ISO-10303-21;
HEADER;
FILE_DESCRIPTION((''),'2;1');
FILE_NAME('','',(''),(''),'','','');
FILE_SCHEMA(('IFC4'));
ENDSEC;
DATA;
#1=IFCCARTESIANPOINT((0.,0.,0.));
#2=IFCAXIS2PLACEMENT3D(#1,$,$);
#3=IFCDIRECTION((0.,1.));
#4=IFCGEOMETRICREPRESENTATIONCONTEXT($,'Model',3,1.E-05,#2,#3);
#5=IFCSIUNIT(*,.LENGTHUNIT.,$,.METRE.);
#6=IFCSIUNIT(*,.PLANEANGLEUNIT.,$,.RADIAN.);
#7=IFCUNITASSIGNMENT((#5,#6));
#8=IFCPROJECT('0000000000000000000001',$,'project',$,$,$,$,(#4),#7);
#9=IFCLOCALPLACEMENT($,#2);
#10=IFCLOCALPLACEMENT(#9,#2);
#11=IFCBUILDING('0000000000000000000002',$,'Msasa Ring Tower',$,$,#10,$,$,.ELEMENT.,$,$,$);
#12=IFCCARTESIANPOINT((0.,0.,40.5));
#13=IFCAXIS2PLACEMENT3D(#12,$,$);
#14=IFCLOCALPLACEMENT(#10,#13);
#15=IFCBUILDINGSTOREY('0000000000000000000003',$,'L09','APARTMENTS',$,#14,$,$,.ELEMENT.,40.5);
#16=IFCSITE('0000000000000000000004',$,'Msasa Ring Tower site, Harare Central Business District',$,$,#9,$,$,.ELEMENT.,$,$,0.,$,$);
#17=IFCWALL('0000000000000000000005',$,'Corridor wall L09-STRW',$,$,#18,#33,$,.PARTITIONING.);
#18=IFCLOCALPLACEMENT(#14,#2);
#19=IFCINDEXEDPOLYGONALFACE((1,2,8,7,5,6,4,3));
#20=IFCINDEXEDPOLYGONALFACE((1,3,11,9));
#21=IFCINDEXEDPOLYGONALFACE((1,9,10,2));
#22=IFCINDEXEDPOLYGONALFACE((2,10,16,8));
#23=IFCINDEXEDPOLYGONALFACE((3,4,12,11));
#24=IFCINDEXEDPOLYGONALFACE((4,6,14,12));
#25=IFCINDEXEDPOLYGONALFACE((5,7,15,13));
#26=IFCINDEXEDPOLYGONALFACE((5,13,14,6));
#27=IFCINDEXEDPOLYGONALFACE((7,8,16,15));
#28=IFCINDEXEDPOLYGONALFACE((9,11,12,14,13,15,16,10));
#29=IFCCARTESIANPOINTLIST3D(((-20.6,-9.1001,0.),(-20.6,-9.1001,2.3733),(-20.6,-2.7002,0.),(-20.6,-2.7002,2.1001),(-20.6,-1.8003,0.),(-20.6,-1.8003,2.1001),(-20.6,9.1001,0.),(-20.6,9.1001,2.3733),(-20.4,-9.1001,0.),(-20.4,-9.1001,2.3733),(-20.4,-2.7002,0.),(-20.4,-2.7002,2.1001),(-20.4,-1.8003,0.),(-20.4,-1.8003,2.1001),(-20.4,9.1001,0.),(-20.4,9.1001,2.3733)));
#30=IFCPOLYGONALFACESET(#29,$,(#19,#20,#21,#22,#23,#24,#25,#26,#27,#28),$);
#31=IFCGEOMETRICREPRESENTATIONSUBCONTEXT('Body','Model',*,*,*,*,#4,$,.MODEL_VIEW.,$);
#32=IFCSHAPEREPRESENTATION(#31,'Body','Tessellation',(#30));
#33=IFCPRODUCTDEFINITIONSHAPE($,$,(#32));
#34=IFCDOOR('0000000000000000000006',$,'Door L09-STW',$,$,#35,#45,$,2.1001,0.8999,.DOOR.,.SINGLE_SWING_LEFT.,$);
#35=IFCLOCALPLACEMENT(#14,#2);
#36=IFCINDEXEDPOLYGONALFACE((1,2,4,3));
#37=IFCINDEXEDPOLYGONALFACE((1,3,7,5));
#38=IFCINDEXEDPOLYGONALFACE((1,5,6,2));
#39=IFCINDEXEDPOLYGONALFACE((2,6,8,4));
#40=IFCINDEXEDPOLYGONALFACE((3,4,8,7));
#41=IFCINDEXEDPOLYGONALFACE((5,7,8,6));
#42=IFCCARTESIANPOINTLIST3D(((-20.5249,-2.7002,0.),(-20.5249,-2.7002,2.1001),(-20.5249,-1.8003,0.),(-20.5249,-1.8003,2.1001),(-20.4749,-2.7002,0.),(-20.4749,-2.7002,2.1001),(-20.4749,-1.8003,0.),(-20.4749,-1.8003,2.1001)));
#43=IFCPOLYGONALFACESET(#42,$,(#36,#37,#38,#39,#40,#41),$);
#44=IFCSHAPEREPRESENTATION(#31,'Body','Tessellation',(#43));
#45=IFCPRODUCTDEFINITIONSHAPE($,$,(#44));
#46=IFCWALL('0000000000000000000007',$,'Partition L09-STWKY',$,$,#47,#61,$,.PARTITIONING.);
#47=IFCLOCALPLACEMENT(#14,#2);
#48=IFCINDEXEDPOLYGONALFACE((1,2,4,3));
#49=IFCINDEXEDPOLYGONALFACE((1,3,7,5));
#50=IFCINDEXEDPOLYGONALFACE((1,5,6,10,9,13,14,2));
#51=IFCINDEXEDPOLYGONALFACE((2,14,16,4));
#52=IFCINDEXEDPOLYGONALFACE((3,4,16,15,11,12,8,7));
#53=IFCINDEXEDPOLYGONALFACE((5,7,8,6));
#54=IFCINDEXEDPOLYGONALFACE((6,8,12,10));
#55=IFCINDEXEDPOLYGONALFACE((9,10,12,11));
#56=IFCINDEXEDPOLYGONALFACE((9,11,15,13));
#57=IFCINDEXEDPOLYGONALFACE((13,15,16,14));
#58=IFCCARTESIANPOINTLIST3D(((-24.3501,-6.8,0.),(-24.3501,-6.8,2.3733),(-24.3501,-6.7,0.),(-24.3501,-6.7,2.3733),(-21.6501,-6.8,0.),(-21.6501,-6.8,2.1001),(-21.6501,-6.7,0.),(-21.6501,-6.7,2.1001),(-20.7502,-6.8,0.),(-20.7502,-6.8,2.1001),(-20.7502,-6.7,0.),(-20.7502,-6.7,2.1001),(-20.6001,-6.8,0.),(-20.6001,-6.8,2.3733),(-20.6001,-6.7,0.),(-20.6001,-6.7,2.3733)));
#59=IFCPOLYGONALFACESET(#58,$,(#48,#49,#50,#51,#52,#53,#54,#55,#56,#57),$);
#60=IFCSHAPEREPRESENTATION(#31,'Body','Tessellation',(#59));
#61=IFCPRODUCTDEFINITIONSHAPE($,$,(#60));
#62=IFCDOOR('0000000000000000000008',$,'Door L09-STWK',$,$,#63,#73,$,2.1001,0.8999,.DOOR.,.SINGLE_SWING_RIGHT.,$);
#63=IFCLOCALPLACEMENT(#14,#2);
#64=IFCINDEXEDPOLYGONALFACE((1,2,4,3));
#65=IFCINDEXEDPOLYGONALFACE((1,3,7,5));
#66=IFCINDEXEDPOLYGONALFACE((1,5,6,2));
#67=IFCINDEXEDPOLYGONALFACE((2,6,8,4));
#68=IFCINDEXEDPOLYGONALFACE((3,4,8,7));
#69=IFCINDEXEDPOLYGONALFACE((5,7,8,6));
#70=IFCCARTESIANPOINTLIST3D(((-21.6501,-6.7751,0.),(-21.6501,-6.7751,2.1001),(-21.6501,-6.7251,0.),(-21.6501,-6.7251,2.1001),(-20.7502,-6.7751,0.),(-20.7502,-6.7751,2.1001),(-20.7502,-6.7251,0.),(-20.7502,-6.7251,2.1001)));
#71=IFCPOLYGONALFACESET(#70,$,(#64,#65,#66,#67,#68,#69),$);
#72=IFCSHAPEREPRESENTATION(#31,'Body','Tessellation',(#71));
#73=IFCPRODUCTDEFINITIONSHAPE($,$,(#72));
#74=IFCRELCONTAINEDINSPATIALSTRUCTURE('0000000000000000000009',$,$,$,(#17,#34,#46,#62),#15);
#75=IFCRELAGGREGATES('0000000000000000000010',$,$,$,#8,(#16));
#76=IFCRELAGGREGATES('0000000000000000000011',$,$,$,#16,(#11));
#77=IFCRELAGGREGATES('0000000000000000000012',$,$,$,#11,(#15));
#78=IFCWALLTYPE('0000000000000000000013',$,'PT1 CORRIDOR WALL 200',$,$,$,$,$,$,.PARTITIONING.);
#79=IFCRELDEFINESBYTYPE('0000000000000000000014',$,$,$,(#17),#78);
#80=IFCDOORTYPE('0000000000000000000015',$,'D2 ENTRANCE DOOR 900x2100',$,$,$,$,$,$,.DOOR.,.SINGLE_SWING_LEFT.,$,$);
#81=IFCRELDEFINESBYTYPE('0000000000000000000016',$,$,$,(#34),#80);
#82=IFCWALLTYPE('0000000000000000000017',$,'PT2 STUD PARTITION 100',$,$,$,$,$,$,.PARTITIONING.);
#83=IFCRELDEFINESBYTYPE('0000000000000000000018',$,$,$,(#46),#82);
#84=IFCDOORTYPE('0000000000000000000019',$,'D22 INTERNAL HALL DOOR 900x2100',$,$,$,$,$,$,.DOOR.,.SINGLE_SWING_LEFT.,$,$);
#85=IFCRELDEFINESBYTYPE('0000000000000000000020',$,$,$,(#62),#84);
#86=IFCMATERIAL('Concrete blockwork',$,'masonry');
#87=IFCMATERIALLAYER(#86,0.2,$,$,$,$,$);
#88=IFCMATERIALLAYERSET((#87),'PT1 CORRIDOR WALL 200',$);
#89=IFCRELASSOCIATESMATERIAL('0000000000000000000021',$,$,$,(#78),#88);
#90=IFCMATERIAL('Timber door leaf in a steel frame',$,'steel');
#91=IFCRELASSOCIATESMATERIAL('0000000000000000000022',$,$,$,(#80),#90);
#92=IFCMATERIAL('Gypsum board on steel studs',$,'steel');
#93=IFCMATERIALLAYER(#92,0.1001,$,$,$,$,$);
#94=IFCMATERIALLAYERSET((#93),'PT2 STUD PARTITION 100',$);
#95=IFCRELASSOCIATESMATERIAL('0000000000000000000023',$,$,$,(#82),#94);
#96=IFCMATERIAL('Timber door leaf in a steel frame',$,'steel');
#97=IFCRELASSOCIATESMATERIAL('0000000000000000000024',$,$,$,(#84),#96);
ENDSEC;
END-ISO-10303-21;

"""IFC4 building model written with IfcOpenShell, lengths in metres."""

from ifc_helpers import new_model, si_unit, direction, frame, frame_2d, origin, place, context, subcontext, project, spatial, rectangle, extrude, material, layer, layer_set, type_object, element, fill, save


model = new_model("IFC4")

# Units and contexts
model_context = context("Model", 3, precision=1e-05, world=origin(), true_north=direction((0.0, 1.0)))
body_context = subcontext(model_context, "Body", "Model", "MODEL_VIEW")
ifc_project = project(units=[si_unit("LENGTHUNIT", "METRE"), si_unit("PLANEANGLEUNIT", "RADIAN")], contexts=[model_context])

# Site, building, storey
site_placement = place(None, origin())
site = spatial("IfcSite", under=ifc_project, at=site_placement, Name="Msasa Ring Tower site, Harare Central Business District", CompositionType="ELEMENT", RefElevation=0.0)
building_placement = place(site_placement, origin())
building = spatial("IfcBuilding", under=site, at=building_placement, Name="Msasa Ring Tower", CompositionType="ELEMENT")
storey_placement = place(building_placement, frame((0.0, 0.0, 40.5)))
storey = spatial("IfcBuildingStorey", under=building, at=storey_placement, Name="L09", Description="APARTMENTS", CompositionType="ELEMENT", Elevation=40.5)

# Shared definitions
ifc_material_1 = material(Name="Concrete blockwork", Category="masonry")
ifc_layer_1 = layer(ifc_material_1, 0.2)
ifc_layer_set_1 = layer_set([ifc_layer_1], Name="PT1 CORRIDOR WALL 200")
wall_type_1 = type_object("IfcWallType", Name="PT1 CORRIDOR WALL 200", PredefinedType="PARTITIONING", material=ifc_layer_set_1)
ifc_material_2 = material(Name="Timber door leaf in a steel frame", Category="steel")
door_type_1 = type_object("IfcDoorType", Name="D2 ENTRANCE DOOR 900x2100", OperationType="SINGLE_SWING_LEFT", PredefinedType="DOOR", material=ifc_material_2)

# Walls, openings, doors
wall_1_placement = place(storey_placement, frame((-20.5, -9.1001, 0.0), z_axis=(0.0, 0.0, 1.0), x_axis=(0.0, 1.0, 0.0)))
wall_1 = element("IfcWall", 1, at=wall_1_placement, inside=storey, type_object=wall_type_1, Name="Corridor wall L09-STRW", PredefinedType="PARTITIONING", context=body_context, shape_type="SweptSolid", body=[
    extrude(rectangle(XDim=18.2002, YDim=0.2, at=frame_2d((9.1001, 0.0))), origin(), (0.0, 0.0, 1.0), 2.3733),
])
opening_1_placement = place(wall_1_placement, frame((6.3999, 0.0, 0.0)))
opening_1 = element("IfcOpeningElement", 2, at=opening_1_placement, cuts=wall_1, PredefinedType="OPENING", context=body_context, shape_type="SweptSolid", body=[
    extrude(rectangle(XDim=0.8999, YDim=2.1001, at=frame_2d((0.45, 1.05))), frame((0.0, 0.1099, 0.0), z_axis=(0.0, -1.0, 0.0), x_axis=(1.0, 0.0, 0.0)), (0.0, 0.0, 1.0), 0.22),
])
door_1_placement = place(opening_1_placement, origin())
door_1 = element("IfcDoor", 3, at=door_1_placement, inside=storey, type_object=door_type_1, Name="Door L09-STW", OperationType="SINGLE_SWING_LEFT", OverallHeight=2.1001, OverallWidth=0.8999, PredefinedType="DOOR", context=body_context, shape_type="SweptSolid", body=[
    extrude(rectangle(XDim=0.8999, YDim=2.1001, at=frame_2d((0.45, 1.05))), frame((0.0, 0.0249, 0.0), z_axis=(0.0, -1.0, 0.0), x_axis=(1.0, 0.0, 0.0)), (0.0, 0.0, 1.0), 0.05),
])
fill(opening_1, door_1)
ifc_material_3 = material(Name="Gypsum board on steel studs", Category="steel")
ifc_layer_2 = layer(ifc_material_3, 0.1001)
ifc_layer_set_2 = layer_set([ifc_layer_2], Name="PT2 STUD PARTITION 100")
wall_type_2 = type_object("IfcWallType", Name="PT2 STUD PARTITION 100", PredefinedType="PARTITIONING", material=ifc_layer_set_2)
wall_2_placement = place(storey_placement, frame((-24.3501, -6.75, 0.0), z_axis=(0.0, 0.0, 1.0), x_axis=(1.0, 0.0, 0.0)))
wall_2 = element("IfcWall", 4, at=wall_2_placement, inside=storey, type_object=wall_type_2, Name="Partition L09-STWKY", PredefinedType="PARTITIONING", context=body_context, shape_type="SweptSolid", body=[
    extrude(rectangle(XDim=3.75, YDim=0.1001, at=frame_2d((1.875, 0.0))), origin(), (0.0, 0.0, 1.0), 2.3733),
])
opening_2_placement = place(wall_2_placement, frame((2.7, 0.0, 0.0)))
opening_2 = element("IfcOpeningElement", 5, at=opening_2_placement, cuts=wall_2, PredefinedType="OPENING", context=body_context, shape_type="SweptSolid", body=[
    extrude(rectangle(XDim=0.8999, YDim=2.1001, at=frame_2d((0.45, 1.05))), frame((0.0, 0.0601, 0.0), z_axis=(0.0, -1.0, 0.0), x_axis=(1.0, 0.0, 0.0)), (0.0, 0.0, 1.0), 0.1201),
])
ifc_material_4 = material(Name="Timber door leaf in a steel frame", Category="steel")
door_type_2 = type_object("IfcDoorType", Name="D22 INTERNAL HALL DOOR 900x2100", OperationType="SINGLE_SWING_LEFT", PredefinedType="DOOR", material=ifc_material_4)
door_2_placement = place(opening_2_placement, origin())
door_2 = element("IfcDoor", 6, at=door_2_placement, inside=storey, type_object=door_type_2, Name="Door L09-STWK", OperationType="SINGLE_SWING_RIGHT", OverallHeight=2.1001, OverallWidth=0.8999, PredefinedType="DOOR", context=body_context, shape_type="SweptSolid", body=[
    extrude(rectangle(XDim=0.8999, YDim=2.1001, at=frame_2d((0.45, 1.05))), frame((0.0, 0.0249, 0.0), z_axis=(0.0, -1.0, 0.0), x_axis=(1.0, 0.0, 0.0)), (0.0, 0.0, 1.0), 0.05),
])
fill(opening_2, door_2)

save(model, "model.ifc")
